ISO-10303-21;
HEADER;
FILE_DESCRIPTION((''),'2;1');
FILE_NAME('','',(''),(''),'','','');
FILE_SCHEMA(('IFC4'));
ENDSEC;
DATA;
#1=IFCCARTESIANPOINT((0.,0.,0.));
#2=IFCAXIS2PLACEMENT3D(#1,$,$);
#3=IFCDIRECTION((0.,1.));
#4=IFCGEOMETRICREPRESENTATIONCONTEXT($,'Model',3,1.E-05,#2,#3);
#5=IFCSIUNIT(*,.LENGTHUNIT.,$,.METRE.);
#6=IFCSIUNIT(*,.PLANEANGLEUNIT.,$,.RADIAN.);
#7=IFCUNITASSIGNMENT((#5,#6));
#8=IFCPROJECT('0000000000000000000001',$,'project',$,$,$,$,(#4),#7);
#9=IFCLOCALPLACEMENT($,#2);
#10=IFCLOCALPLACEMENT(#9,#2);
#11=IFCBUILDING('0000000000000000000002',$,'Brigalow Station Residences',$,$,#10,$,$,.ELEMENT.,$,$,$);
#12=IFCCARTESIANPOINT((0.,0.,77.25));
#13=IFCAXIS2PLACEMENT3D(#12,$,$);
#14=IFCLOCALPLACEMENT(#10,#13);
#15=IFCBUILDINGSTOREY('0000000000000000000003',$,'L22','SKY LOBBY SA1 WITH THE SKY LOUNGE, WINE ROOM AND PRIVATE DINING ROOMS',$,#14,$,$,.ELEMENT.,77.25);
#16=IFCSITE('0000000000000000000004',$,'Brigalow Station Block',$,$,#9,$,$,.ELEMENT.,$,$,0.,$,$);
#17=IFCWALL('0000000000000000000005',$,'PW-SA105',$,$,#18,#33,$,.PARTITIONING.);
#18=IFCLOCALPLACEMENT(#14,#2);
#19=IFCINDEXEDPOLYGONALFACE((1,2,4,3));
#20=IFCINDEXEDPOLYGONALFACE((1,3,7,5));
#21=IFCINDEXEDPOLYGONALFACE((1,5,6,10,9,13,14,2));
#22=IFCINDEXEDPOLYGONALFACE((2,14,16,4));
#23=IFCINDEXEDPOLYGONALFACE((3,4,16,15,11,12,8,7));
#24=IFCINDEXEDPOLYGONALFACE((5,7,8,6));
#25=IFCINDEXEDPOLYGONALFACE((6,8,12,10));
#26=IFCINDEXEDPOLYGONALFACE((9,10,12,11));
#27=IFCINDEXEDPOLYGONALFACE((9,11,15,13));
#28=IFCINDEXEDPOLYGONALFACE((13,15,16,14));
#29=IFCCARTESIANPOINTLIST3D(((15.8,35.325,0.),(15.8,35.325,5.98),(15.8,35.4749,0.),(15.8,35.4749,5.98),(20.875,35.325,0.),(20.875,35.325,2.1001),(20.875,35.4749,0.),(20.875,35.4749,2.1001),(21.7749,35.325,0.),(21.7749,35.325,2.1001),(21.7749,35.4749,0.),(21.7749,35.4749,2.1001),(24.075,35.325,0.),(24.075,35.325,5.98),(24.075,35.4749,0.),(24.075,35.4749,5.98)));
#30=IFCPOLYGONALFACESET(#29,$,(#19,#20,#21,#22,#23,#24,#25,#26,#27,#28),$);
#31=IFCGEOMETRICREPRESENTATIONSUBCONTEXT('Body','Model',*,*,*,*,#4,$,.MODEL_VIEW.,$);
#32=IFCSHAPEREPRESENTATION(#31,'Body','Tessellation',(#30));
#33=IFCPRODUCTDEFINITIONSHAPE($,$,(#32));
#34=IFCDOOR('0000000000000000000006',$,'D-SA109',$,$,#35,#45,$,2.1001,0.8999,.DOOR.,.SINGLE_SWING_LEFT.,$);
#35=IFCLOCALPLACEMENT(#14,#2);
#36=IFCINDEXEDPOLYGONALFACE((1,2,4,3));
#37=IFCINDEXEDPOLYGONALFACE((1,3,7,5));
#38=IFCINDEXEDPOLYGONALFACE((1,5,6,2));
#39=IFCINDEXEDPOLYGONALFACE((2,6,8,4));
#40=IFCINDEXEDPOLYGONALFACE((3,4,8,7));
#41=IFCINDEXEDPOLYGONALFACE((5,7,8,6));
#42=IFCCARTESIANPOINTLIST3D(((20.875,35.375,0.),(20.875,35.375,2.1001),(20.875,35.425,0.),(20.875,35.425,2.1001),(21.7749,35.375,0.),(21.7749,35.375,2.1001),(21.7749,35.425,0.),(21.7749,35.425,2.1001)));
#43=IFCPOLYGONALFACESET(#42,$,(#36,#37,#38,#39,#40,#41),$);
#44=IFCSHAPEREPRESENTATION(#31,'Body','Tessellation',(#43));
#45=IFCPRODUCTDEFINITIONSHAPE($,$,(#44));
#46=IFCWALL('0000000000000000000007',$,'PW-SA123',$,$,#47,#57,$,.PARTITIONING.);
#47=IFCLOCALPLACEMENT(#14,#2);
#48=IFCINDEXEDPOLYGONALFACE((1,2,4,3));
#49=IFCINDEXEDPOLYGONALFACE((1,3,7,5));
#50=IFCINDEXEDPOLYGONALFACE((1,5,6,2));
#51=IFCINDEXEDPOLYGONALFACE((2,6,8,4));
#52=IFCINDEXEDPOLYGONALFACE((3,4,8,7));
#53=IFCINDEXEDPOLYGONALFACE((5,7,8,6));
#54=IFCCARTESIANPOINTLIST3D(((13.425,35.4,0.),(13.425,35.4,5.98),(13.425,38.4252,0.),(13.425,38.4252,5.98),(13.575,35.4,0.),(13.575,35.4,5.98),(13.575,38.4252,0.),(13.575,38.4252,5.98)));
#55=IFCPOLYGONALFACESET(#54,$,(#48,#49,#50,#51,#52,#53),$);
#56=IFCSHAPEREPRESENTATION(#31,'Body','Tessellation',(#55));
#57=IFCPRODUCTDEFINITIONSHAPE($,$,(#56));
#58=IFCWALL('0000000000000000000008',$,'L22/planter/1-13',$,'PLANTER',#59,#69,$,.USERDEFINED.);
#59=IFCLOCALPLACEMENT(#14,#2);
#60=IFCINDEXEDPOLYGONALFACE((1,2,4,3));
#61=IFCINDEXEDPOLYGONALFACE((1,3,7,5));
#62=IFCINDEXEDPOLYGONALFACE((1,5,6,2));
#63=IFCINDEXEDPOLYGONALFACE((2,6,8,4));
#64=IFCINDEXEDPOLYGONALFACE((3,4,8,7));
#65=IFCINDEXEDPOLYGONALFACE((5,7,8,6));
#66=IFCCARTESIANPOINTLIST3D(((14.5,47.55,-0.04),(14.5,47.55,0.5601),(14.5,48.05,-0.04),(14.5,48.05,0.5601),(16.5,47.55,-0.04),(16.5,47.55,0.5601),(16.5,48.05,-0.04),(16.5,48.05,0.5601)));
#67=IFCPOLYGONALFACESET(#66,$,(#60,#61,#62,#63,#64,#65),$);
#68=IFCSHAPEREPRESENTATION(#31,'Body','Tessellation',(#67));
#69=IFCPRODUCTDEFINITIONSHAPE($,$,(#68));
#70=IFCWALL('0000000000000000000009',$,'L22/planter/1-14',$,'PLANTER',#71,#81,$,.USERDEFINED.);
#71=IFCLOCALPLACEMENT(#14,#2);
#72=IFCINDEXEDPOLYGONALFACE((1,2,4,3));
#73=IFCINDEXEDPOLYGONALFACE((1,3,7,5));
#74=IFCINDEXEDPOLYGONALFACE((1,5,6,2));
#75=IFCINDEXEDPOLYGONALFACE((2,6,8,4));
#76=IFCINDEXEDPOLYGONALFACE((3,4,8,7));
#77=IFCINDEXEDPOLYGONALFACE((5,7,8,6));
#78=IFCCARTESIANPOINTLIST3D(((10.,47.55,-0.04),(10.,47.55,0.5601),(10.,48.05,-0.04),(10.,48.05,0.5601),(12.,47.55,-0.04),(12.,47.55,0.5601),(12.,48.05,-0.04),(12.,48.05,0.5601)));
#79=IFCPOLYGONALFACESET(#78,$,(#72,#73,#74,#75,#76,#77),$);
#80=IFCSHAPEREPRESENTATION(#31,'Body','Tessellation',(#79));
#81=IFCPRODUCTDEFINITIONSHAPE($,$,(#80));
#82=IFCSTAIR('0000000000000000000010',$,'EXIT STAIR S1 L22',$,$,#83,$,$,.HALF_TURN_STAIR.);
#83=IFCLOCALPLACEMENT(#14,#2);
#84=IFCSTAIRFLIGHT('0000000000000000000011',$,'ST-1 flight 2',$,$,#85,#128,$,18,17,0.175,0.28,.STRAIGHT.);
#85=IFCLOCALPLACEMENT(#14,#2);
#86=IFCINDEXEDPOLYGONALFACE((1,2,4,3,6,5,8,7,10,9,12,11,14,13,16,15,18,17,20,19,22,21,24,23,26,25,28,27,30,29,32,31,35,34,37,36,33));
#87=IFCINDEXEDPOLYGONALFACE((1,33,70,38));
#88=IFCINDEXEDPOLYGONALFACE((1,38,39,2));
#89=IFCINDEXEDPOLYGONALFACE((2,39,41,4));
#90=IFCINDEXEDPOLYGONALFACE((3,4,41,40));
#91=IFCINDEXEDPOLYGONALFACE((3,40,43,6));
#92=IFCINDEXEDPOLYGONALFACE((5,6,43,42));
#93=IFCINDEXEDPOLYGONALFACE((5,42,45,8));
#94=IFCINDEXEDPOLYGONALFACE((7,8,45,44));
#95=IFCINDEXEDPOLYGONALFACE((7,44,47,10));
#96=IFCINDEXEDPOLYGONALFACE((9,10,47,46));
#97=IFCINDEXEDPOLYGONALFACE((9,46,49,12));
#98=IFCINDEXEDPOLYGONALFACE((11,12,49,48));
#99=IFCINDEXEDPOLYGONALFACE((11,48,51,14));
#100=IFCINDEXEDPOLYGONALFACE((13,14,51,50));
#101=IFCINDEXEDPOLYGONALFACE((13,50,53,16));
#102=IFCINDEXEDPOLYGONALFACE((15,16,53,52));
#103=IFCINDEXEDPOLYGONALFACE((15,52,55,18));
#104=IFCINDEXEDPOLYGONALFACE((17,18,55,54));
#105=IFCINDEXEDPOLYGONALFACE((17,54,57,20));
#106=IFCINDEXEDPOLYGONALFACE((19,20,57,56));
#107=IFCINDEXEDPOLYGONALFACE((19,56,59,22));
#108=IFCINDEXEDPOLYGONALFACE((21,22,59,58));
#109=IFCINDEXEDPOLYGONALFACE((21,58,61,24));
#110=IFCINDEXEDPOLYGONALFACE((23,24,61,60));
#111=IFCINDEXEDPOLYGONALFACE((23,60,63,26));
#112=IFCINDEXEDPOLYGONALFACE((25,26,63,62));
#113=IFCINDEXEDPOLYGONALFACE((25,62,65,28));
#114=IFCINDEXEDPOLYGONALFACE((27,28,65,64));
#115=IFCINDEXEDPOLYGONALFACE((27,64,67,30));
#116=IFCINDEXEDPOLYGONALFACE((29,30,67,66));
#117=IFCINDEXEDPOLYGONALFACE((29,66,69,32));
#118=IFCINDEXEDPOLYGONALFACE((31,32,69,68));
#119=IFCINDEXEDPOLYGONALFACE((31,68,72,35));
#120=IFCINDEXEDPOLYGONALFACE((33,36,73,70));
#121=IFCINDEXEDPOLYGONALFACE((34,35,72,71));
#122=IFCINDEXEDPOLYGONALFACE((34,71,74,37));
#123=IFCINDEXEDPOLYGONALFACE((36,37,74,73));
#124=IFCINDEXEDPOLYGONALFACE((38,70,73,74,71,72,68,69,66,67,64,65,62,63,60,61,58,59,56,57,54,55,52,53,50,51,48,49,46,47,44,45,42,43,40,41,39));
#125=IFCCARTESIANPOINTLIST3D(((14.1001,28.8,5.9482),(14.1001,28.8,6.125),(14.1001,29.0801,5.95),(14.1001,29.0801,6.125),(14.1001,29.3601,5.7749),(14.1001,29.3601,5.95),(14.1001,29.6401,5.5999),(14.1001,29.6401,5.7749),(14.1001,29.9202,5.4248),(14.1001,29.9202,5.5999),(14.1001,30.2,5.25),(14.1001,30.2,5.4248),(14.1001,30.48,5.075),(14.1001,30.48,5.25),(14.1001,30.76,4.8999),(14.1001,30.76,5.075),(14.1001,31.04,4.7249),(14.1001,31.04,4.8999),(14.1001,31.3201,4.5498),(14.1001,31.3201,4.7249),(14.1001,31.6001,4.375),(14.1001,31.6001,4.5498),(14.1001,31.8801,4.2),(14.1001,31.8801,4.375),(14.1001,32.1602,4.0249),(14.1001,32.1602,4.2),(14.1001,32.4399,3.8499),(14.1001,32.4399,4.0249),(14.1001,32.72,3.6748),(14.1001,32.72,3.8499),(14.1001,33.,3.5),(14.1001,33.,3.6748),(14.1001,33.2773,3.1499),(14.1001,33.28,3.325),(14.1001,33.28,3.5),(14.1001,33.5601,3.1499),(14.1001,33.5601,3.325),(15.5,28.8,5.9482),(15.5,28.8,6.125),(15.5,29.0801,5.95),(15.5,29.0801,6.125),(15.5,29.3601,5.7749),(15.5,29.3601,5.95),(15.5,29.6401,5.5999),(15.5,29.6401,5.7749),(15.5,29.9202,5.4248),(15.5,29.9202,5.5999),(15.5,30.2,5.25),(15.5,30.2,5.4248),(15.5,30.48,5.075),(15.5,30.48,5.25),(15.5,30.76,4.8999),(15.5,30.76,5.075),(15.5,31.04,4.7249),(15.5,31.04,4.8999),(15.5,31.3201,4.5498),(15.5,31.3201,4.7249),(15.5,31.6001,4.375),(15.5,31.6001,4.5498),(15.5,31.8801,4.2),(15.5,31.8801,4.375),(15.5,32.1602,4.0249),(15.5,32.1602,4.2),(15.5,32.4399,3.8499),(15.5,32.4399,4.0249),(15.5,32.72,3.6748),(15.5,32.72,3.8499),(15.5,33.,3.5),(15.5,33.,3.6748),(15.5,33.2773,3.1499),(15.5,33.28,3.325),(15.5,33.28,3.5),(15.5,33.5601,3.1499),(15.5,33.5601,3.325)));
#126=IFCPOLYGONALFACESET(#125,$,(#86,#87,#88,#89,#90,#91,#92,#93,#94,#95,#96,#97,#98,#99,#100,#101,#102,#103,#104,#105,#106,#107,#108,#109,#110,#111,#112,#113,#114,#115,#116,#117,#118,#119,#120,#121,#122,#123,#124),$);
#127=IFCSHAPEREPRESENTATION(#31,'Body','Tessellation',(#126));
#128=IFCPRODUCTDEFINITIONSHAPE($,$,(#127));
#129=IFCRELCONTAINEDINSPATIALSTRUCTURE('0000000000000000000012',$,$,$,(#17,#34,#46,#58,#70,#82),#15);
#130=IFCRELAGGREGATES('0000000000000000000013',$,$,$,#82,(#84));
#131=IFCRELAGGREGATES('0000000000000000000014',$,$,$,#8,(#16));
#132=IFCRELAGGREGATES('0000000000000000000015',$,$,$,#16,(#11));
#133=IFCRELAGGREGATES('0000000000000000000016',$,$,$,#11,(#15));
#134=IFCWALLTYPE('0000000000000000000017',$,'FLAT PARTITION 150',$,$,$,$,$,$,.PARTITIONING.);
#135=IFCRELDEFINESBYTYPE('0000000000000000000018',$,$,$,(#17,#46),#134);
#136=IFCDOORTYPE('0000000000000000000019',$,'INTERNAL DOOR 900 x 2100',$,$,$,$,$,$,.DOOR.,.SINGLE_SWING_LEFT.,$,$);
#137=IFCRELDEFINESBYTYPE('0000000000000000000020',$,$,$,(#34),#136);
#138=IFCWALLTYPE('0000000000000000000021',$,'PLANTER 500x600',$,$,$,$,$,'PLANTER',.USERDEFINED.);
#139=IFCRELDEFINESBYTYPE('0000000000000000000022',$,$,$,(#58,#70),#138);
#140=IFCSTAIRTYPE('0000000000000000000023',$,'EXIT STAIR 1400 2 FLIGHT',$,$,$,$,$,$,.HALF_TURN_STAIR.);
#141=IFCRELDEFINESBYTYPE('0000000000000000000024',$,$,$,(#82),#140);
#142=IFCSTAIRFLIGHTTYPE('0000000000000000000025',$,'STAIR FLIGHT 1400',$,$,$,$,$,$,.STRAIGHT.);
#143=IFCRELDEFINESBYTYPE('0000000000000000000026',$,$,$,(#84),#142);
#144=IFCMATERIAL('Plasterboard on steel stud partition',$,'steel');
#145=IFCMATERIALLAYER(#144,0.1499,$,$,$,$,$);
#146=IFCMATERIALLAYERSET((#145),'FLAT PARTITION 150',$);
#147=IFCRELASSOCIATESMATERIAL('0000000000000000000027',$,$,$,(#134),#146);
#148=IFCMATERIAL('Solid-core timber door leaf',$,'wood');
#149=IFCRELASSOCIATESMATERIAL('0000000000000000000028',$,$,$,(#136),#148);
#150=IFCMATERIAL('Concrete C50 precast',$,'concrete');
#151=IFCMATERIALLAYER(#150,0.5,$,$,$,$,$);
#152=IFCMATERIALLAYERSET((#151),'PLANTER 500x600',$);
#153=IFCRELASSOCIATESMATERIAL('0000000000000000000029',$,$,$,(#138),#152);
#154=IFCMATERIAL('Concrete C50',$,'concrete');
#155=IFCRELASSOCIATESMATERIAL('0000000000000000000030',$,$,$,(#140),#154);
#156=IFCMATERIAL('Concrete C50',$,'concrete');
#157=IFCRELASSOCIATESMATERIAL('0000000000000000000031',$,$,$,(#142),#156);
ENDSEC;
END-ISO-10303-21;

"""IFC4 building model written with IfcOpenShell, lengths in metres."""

from ifc_helpers import new_model, si_unit, direction, frame, frame_2d, origin, place, context, subcontext, project, spatial, polyline, rectangle, outline, extrude, material, layer, layer_set, type_object, element, fill, aggregate, save


model = new_model("IFC4")

# Units and contexts
model_context = context("Model", 3, precision=1e-05, world=origin(), true_north=direction((0.0, 1.0)))
body_context = subcontext(model_context, "Body", "Model", "MODEL_VIEW")
ifc_project = project(units=[si_unit("LENGTHUNIT", "METRE"), si_unit("PLANEANGLEUNIT", "RADIAN")], contexts=[model_context])

# Site, building, storey
site_placement = place(None, origin())
site = spatial("IfcSite", under=ifc_project, at=site_placement, Name="Brigalow Station Block", CompositionType="ELEMENT", RefElevation=0.0)
building_placement = place(site_placement, origin())
building = spatial("IfcBuilding", under=site, at=building_placement, Name="Brigalow Station Residences", CompositionType="ELEMENT")
storey_placement = place(building_placement, frame((0.0, 0.0, 77.25)))
storey = spatial("IfcBuildingStorey", under=building, at=storey_placement, Name="L22", Description="SKY LOBBY SA1 WITH THE SKY LOUNGE, WINE ROOM AND PRIVATE DINING ROOMS", CompositionType="ELEMENT", Elevation=77.25)

# Shared definitions
ifc_material_1 = material(Name="Plasterboard on steel stud partition", Category="steel")
ifc_layer_1 = layer(ifc_material_1, 0.1499)
ifc_layer_set_1 = layer_set([ifc_layer_1], Name="FLAT PARTITION 150")
wall_type_1 = type_object("IfcWallType", Name="FLAT PARTITION 150", PredefinedType="PARTITIONING", material=ifc_layer_set_1)
ifc_material_2 = material(Name="Solid-core timber door leaf", Category="wood")
door_type_1 = type_object("IfcDoorType", Name="INTERNAL DOOR 900 x 2100", OperationType="SINGLE_SWING_LEFT", PredefinedType="DOOR", material=ifc_material_2)

# Wall, opening, door
wall_1_placement = place(storey_placement, frame((15.8, 35.3999, 0.0), z_axis=(0.0, 0.0, 1.0), x_axis=(1.0, 0.0, 0.0)))
wall_1 = element("IfcWall", 1, at=wall_1_placement, inside=storey, type_object=wall_type_1, Name="PW-SA105", PredefinedType="PARTITIONING", context=body_context, shape_type="SweptSolid", body=[
    extrude(rectangle(XDim=8.2749, YDim=0.1499, at=frame_2d((4.1375, 0.0))), origin(), (0.0, 0.0, 1.0), 5.98),
])
opening_1_placement = place(wall_1_placement, frame((5.075, 0.0, 0.0)))
opening_1 = element("IfcOpeningElement", 2, at=opening_1_placement, cuts=wall_1, PredefinedType="OPENING", context=body_context, shape_type="SweptSolid", body=[
    extrude(rectangle(XDim=0.8999, YDim=2.1001, at=frame_2d((0.45, 1.05))), frame((0.0, 0.085, 0.0), z_axis=(0.0, -1.0, 0.0), x_axis=(1.0, 0.0, 0.0)), (0.0, 0.0, 1.0), 0.1699),
])
door_1_placement = place(opening_1_placement, frame((0.8999, 0.0, 0.0), z_axis=(0.0, 0.0, 1.0), x_axis=(-1.0, 0.0, 0.0)))
door_1 = element("IfcDoor", 3, at=door_1_placement, inside=storey, type_object=door_type_1, Name="D-SA109", OperationType="SINGLE_SWING_LEFT", OverallHeight=2.1001, OverallWidth=0.8999, PredefinedType="DOOR", context=body_context, shape_type="SweptSolid", body=[
    extrude(rectangle(XDim=0.8999, YDim=2.1001, at=frame_2d((0.45, 1.05))), frame((0.0, 0.0249, 0.0), z_axis=(0.0, -1.0, 0.0), x_axis=(1.0, 0.0, 0.0)), (0.0, 0.0, 1.0), 0.05),
])
fill(opening_1, door_1)

# Walls
wall_2_placement = place(storey_placement, frame((13.5, 35.3999, 0.0), z_axis=(0.0, 0.0, 1.0), x_axis=(0.0, 1.0, 0.0)))
element("IfcWall", 4, at=wall_2_placement, inside=storey, type_object=wall_type_1, Name="PW-SA123", PredefinedType="PARTITIONING", context=body_context, shape_type="SweptSolid", body=[
    extrude(rectangle(XDim=3.0251, YDim=0.1499, at=frame_2d((1.5127, 0.0))), origin(), (0.0, 0.0, 1.0), 5.98),
])
ifc_material_3 = material(Name="Concrete C50 precast", Category="concrete")
ifc_layer_2 = layer(ifc_material_3, 0.5)
ifc_layer_set_2 = layer_set([ifc_layer_2], Name="PLANTER 500x600")
wall_type_2 = type_object("IfcWallType", Name="PLANTER 500x600", ElementType="PLANTER", PredefinedType="USERDEFINED", material=ifc_layer_set_2)
for number, where, z_axis, x_axis, name in (
    (5, (16.5, 47.8, -0.04), (0.0, 0.0, 1.0), (-1.0, 0.0, 0.0), "L22/planter/1-13"),
    (6, (12.0, 47.8, -0.04), (0.0, 0.0, 1.0), (-1.0, 0.0, 0.0), "L22/planter/1-14"),
):
    element("IfcWall", number, at=place(storey_placement, frame(where, z_axis=z_axis, x_axis=x_axis)), inside=storey, type_object=wall_type_2, Name=name, ObjectType="PLANTER", PredefinedType="USERDEFINED", context=body_context, shape_type="SweptSolid", body=[
        extrude(rectangle(XDim=2.0, YDim=0.5, at=frame_2d((1.0, 0.0))), origin(), (0.0, 0.0, 1.0), 0.6001),
    ])

# Stair, stair flight
ifc_material_4 = material(Name="Concrete C50", Category="concrete")
stair_type = type_object("IfcStairType", Name="EXIT STAIR 1400 2 FLIGHT", PredefinedType="HALF_TURN_STAIR", material=ifc_material_4)
stair_placement = place(storey_placement, origin())
stair = element("IfcStair", 7, at=stair_placement, inside=storey, type_object=stair_type, Name="EXIT STAIR S1 L22", PredefinedType="HALF_TURN_STAIR")
ifc_material_5 = material(Name="Concrete C50", Category="concrete")
stair_flight_type = type_object("IfcStairFlightType", Name="STAIR FLIGHT 1400", PredefinedType="STRAIGHT", material=ifc_material_5)
stair_flight_placement = place(storey_placement, frame((14.8, 33.5601, 3.1499), z_axis=(0.0, 0.0, 1.0), x_axis=(0.0, -1.0, 0.0)))
stair_flight = element("IfcStairFlight", 8, at=stair_flight_placement, type_object=stair_flight_type, Name="ST-1 flight 2", NumberOfRisers=18, NumberOfTreads=17, PredefinedType="STRAIGHT", RiserHeight=0.175, TreadLength=0.28, context=body_context, shape_type="SweptSolid", body=[
    extrude(outline(polyline([(0.0, 0.0), (0.0, 0.175), (0.28, 0.175), (0.28, 0.3501), (0.5601, 0.3501), (0.5601, 0.5249), (0.8401, 0.5249), (0.8401, 0.7), (1.1201, 0.7), (1.1201, 0.875), (1.3999, 0.875), (1.3999, 1.05), (1.6799, 1.05), (1.6799, 1.2251), (1.96, 1.2251), (1.96, 1.3999), (2.24, 1.3999), (2.24, 1.575), (2.52, 1.575), (2.52, 1.75), (2.8, 1.75), (2.8, 1.925), (3.0801, 1.925), (3.0801, 2.1001), (3.3601, 2.1001), (3.3601, 2.2749), (3.6399, 2.2749), (3.6399, 2.45), (3.9199, 2.45), (3.9199, 2.625), (4.2, 2.625), (4.2, 2.8), (4.48, 2.8), (4.48, 2.9751), (4.76, 2.9751), (4.76, 3.1499), (4.76, 2.7983), (0.2827, 0.0), (0.0, 0.0)])), frame((0.0, 0.7, 0.0), z_axis=(0.0, -1.0, 0.0), x_axis=(1.0, 0.0, 0.0)), (0.0, 0.0, 1.0), 1.3999),
])
aggregate(stair, [stair_flight])

save(model, "model.ifc")
